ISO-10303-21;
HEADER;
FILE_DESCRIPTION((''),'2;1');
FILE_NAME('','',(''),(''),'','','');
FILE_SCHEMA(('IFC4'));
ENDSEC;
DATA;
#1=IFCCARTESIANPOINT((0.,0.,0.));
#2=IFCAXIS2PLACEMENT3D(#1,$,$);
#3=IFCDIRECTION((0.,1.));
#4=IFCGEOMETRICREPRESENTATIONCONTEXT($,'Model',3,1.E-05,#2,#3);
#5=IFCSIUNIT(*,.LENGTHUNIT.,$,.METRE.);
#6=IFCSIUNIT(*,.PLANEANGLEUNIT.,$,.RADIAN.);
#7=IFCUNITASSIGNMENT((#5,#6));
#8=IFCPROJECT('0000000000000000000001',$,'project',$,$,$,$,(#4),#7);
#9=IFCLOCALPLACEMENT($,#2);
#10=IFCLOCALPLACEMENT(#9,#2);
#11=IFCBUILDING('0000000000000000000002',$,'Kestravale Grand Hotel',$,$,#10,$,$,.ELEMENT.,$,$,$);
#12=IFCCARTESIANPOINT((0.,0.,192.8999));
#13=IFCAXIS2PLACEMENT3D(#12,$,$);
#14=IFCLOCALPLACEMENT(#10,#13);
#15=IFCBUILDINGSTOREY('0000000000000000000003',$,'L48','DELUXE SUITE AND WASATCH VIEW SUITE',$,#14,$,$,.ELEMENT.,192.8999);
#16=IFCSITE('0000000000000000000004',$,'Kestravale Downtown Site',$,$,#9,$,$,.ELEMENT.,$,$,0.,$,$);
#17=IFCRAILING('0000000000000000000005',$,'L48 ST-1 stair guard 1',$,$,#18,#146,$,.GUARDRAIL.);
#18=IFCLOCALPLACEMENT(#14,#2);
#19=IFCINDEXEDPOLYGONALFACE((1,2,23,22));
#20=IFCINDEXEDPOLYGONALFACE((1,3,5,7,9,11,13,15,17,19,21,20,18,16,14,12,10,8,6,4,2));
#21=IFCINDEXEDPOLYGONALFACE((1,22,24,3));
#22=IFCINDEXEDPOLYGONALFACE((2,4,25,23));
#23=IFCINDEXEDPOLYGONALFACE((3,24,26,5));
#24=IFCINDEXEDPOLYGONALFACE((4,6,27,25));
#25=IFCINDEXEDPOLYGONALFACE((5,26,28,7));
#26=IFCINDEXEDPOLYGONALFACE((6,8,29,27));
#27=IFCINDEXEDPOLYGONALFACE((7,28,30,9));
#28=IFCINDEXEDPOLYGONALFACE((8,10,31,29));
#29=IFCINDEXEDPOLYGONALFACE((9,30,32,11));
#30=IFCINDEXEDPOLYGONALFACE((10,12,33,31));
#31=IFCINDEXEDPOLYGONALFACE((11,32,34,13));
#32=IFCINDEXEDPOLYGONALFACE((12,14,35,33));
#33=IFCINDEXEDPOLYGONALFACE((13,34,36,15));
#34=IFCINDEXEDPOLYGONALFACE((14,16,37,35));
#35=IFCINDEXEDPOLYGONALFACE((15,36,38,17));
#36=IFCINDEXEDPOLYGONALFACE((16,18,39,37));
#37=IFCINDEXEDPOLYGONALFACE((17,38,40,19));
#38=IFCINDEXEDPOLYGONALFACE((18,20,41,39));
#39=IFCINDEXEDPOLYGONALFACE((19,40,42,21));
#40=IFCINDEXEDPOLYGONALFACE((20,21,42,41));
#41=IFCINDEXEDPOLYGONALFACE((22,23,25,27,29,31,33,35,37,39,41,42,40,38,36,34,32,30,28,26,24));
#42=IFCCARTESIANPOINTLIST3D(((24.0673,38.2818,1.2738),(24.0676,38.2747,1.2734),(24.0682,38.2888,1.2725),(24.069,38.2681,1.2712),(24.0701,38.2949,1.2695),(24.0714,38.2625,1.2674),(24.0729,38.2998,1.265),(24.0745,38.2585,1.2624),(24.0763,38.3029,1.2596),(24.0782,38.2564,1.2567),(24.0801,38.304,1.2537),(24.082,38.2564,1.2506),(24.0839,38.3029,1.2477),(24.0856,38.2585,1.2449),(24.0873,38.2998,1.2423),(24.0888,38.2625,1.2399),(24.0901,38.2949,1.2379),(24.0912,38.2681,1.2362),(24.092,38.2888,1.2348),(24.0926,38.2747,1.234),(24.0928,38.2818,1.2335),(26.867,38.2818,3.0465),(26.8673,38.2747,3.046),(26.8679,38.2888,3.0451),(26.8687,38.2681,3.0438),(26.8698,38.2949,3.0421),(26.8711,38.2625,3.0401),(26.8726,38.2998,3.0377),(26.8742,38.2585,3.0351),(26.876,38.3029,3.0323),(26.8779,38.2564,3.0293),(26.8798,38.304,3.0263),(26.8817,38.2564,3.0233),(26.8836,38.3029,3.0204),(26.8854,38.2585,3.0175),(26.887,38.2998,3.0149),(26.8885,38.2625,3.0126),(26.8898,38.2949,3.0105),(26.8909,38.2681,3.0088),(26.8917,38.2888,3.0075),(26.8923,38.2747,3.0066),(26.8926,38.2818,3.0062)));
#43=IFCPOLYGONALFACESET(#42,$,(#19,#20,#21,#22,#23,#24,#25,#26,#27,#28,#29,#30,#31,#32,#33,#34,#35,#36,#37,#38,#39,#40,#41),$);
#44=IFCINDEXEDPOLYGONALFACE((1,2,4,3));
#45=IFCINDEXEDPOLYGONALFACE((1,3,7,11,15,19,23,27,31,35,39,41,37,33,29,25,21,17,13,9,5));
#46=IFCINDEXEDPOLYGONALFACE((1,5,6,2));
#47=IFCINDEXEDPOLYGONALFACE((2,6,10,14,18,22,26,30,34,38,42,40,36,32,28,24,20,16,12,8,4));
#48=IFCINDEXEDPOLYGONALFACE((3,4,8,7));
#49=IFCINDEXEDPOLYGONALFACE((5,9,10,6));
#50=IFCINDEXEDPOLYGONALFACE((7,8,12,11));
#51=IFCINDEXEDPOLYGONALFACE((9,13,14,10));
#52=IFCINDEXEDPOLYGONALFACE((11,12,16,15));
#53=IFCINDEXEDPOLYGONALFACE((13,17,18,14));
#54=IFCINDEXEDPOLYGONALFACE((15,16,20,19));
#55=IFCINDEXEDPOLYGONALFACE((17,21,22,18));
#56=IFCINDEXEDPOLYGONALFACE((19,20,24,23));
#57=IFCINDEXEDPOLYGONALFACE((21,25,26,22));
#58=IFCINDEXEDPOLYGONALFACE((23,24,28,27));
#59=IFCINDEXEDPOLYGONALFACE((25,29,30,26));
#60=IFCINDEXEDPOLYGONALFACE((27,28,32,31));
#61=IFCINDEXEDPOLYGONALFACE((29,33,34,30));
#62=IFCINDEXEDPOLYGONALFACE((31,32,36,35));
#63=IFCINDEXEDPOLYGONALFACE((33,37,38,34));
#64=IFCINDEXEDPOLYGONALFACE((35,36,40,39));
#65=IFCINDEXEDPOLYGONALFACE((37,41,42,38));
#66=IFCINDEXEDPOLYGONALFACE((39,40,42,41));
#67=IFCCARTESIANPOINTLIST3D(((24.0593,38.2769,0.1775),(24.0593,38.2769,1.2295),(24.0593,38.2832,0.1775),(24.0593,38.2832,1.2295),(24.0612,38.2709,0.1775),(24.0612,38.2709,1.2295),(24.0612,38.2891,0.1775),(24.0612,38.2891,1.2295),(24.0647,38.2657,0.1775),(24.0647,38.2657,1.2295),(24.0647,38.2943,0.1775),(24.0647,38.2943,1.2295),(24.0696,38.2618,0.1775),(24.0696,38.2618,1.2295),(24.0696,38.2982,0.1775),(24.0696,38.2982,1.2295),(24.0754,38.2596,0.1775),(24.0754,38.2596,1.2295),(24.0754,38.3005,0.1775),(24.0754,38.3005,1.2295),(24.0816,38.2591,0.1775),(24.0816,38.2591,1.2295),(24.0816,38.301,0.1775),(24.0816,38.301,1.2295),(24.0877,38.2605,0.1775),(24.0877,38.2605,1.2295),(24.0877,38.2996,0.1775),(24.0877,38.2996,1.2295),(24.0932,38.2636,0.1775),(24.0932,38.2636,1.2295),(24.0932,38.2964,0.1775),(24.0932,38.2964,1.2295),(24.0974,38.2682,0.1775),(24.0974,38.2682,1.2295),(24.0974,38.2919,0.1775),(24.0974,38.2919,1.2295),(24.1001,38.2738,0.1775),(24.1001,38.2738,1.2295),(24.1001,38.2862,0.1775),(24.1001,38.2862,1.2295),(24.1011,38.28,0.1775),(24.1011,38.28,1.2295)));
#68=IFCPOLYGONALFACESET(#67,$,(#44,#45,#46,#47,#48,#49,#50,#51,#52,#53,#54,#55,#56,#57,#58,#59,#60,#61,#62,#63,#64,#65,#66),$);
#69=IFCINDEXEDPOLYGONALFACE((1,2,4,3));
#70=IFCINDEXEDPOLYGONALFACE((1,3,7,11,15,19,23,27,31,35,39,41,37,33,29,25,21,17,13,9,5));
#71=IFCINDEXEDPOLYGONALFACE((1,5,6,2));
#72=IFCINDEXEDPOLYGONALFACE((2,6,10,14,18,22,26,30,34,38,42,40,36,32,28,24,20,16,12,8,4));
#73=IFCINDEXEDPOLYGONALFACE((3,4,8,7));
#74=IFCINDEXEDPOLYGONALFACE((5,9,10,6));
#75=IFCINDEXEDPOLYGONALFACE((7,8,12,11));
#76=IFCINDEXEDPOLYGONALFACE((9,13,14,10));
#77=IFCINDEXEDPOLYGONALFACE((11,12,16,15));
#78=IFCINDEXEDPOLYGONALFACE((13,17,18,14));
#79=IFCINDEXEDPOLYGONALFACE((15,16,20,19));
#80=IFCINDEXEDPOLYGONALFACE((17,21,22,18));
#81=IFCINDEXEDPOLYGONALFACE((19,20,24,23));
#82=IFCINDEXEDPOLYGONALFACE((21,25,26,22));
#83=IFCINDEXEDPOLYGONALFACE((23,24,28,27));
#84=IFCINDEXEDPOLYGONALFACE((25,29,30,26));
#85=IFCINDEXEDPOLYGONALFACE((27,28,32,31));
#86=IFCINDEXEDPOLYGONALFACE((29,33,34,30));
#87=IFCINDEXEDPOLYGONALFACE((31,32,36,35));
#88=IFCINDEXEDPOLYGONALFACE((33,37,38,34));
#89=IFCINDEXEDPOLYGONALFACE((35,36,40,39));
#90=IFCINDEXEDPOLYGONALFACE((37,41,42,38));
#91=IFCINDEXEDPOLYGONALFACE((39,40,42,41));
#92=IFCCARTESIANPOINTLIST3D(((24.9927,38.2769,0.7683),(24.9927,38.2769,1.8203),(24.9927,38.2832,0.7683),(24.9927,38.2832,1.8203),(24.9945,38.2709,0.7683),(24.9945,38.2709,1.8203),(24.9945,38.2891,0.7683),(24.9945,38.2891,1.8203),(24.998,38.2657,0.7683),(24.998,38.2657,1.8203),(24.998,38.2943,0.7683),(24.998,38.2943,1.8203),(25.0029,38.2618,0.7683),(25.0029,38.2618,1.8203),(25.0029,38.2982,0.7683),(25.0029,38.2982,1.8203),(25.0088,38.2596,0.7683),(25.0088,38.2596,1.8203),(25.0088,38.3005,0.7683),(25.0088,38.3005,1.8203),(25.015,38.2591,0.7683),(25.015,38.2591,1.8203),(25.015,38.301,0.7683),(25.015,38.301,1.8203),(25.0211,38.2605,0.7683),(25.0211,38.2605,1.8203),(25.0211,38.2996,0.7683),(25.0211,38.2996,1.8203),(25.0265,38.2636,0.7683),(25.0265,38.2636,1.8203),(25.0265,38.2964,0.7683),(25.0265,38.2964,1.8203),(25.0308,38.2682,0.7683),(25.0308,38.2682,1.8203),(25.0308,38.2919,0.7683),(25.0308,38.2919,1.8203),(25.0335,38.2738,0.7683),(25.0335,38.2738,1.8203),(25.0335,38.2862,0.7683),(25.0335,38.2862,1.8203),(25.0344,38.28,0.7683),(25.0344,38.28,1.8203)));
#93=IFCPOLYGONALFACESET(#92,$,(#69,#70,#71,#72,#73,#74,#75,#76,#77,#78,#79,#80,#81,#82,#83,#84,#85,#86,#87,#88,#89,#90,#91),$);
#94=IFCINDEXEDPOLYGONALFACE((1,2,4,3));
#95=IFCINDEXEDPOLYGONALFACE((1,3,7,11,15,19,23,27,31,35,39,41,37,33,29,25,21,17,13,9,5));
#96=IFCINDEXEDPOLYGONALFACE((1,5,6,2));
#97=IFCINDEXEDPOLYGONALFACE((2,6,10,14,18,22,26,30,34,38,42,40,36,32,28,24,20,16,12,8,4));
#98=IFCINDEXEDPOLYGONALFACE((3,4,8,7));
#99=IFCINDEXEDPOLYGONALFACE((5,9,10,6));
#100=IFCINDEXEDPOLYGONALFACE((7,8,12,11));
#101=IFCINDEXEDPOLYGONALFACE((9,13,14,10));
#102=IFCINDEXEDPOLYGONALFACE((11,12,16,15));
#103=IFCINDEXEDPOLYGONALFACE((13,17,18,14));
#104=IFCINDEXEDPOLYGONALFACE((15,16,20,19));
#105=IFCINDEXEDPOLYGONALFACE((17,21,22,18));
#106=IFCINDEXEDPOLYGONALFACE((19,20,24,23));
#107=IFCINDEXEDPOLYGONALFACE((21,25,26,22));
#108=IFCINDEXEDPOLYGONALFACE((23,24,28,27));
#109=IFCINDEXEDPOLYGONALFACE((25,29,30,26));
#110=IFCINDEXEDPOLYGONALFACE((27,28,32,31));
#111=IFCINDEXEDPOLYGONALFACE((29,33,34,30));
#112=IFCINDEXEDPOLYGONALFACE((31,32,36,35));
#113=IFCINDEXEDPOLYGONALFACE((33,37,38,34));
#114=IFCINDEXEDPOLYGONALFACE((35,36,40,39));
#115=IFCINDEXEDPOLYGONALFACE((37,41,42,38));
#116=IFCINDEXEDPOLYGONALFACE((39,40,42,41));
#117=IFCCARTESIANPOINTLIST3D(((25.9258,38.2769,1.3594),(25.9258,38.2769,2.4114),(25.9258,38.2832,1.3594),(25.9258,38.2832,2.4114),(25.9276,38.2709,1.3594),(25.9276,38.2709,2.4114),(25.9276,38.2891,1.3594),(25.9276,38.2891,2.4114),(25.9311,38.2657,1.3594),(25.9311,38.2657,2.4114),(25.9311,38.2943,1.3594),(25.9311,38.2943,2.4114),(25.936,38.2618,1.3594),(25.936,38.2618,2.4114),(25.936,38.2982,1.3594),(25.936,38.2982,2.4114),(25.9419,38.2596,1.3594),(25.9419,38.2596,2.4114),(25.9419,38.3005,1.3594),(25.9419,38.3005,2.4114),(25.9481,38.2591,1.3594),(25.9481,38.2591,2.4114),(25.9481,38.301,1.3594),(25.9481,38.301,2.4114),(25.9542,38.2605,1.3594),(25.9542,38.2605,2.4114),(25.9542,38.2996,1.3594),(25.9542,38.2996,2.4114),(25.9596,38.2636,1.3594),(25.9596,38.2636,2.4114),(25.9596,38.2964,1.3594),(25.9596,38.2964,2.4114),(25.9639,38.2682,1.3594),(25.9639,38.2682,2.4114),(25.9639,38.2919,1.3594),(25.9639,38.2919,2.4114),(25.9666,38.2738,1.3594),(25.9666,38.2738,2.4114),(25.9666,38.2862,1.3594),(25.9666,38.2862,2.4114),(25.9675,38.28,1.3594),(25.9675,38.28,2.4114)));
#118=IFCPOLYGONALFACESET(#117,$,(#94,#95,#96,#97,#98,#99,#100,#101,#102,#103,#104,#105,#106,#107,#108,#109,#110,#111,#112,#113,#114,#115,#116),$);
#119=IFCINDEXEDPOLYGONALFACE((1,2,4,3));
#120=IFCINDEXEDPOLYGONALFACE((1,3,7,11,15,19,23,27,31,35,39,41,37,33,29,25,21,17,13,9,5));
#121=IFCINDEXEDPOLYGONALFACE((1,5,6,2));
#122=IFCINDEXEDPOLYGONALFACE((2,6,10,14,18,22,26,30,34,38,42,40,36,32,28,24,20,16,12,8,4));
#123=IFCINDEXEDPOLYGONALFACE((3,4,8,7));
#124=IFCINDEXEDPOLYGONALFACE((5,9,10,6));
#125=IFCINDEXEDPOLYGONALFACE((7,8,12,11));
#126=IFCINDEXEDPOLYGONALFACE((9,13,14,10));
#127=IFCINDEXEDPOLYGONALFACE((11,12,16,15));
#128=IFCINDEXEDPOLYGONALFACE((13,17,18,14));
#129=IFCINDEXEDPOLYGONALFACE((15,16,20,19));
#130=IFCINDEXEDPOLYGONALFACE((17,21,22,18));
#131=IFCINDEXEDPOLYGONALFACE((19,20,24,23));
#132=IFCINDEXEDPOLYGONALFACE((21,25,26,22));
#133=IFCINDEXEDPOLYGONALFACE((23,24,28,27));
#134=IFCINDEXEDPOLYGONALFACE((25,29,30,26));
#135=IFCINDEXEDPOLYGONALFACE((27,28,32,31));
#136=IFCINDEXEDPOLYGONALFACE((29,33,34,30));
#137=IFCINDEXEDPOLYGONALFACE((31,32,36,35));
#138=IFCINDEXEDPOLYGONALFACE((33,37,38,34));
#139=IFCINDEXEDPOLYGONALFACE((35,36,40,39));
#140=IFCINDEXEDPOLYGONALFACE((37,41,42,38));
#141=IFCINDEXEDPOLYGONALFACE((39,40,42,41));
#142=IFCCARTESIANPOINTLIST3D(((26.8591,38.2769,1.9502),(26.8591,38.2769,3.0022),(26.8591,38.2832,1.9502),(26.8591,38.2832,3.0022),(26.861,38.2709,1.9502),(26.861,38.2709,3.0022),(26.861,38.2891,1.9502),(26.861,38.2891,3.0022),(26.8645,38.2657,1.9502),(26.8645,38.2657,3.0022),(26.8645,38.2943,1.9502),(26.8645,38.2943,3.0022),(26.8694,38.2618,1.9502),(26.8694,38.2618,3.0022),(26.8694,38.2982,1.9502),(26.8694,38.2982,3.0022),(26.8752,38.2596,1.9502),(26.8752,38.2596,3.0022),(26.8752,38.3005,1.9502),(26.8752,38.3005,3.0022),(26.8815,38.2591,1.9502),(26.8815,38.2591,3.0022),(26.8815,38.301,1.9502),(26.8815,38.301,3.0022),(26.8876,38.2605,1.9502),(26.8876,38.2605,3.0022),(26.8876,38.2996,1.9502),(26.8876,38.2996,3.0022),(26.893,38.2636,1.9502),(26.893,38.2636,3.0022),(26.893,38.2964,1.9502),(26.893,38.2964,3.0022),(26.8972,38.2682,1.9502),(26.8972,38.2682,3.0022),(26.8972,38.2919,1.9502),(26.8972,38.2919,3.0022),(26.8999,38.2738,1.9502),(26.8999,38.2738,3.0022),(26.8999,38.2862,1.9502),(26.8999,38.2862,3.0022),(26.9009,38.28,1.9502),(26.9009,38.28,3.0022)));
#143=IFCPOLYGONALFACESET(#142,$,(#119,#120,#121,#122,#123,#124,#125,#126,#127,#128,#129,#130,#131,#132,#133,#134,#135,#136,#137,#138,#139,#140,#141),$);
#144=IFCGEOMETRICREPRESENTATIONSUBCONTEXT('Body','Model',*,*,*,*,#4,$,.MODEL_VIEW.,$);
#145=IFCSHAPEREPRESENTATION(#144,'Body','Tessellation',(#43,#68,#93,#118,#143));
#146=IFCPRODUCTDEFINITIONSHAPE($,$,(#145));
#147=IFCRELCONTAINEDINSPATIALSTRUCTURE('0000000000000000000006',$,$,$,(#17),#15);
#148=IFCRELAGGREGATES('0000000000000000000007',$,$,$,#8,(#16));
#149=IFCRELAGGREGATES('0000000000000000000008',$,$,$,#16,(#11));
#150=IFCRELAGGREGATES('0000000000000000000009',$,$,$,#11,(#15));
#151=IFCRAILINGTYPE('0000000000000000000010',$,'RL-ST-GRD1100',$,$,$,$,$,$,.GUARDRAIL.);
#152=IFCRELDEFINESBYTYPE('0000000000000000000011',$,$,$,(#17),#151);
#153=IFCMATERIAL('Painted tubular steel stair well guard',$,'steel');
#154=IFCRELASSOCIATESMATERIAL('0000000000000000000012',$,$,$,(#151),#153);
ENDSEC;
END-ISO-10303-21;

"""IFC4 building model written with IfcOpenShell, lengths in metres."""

from ifc_helpers import new_model, si_unit, direction, frame, origin, origin_2d, place, context, subcontext, project, spatial, circle, extrude, material, type_object, element, save


model = new_model("IFC4")

# Units and contexts
model_context = context("Model", 3, precision=1e-05, world=origin(), true_north=direction((0.0, 1.0)))
body_context = subcontext(model_context, "Body", "Model", "MODEL_VIEW")
ifc_project = project(units=[si_unit("LENGTHUNIT", "METRE"), si_unit("PLANEANGLEUNIT", "RADIAN")], contexts=[model_context])

# Site, building, storey
site_placement = place(None, origin())
site = spatial("IfcSite", under=ifc_project, at=site_placement, Name="Kestravale Downtown Site", CompositionType="ELEMENT", RefElevation=0.0)
building_placement = place(site_placement, origin())
building = spatial("IfcBuilding", under=site, at=building_placement, Name="Kestravale Grand Hotel", CompositionType="ELEMENT")
storey_placement = place(building_placement, frame((0.0, 0.0, 192.8999)))
storey = spatial("IfcBuildingStorey", under=building, at=storey_placement, Name="L48", Description="DELUXE SUITE AND WASATCH VIEW SUITE", CompositionType="ELEMENT", Elevation=192.8999)

# Railing
ifc_material_1 = material(Name="Painted tubular steel stair well guard", Category="steel")
railing_type_1 = type_object("IfcRailingType", Name="RL-ST-GRD1100", PredefinedType="GUARDRAIL", material=ifc_material_1)
railing_1_placement = place(storey_placement, frame((24.0801, 38.28, 0.1775)))
element("IfcRailing", 1, at=railing_1_placement, inside=storey, type_object=railing_type_1, Name="L48 ST-1 stair guard 1", PredefinedType="GUARDRAIL", context=body_context, shape_type="SweptSolid", body=[
    extrude(circle(Radius=0.0239, at=origin_2d()), frame((0.0, 0.0, 1.0762), z_axis=(0.844888, 0.0, 0.534943), x_axis=(0.0, 1.0, 0.0)), (0.0, 0.0, 1.0), 3.3137),
    extrude(circle(Radius=0.021, at=origin_2d()), origin(), (0.0, 0.0, 1.0), 1.052),
    extrude(circle(Radius=0.021, at=origin_2d()), frame((0.9333, 0.0, 0.5908)), (0.0, 0.0, 1.0), 1.052),
    extrude(circle(Radius=0.021, at=origin_2d()), frame((1.8665, 0.0, 1.1819)), (0.0, 0.0, 1.0), 1.052),
    extrude(circle(Radius=0.021, at=origin_2d()), frame((2.7998, 0.0, 1.7727)), (0.0, 0.0, 1.0), 1.052),
])

save(model, "model.ifc")
